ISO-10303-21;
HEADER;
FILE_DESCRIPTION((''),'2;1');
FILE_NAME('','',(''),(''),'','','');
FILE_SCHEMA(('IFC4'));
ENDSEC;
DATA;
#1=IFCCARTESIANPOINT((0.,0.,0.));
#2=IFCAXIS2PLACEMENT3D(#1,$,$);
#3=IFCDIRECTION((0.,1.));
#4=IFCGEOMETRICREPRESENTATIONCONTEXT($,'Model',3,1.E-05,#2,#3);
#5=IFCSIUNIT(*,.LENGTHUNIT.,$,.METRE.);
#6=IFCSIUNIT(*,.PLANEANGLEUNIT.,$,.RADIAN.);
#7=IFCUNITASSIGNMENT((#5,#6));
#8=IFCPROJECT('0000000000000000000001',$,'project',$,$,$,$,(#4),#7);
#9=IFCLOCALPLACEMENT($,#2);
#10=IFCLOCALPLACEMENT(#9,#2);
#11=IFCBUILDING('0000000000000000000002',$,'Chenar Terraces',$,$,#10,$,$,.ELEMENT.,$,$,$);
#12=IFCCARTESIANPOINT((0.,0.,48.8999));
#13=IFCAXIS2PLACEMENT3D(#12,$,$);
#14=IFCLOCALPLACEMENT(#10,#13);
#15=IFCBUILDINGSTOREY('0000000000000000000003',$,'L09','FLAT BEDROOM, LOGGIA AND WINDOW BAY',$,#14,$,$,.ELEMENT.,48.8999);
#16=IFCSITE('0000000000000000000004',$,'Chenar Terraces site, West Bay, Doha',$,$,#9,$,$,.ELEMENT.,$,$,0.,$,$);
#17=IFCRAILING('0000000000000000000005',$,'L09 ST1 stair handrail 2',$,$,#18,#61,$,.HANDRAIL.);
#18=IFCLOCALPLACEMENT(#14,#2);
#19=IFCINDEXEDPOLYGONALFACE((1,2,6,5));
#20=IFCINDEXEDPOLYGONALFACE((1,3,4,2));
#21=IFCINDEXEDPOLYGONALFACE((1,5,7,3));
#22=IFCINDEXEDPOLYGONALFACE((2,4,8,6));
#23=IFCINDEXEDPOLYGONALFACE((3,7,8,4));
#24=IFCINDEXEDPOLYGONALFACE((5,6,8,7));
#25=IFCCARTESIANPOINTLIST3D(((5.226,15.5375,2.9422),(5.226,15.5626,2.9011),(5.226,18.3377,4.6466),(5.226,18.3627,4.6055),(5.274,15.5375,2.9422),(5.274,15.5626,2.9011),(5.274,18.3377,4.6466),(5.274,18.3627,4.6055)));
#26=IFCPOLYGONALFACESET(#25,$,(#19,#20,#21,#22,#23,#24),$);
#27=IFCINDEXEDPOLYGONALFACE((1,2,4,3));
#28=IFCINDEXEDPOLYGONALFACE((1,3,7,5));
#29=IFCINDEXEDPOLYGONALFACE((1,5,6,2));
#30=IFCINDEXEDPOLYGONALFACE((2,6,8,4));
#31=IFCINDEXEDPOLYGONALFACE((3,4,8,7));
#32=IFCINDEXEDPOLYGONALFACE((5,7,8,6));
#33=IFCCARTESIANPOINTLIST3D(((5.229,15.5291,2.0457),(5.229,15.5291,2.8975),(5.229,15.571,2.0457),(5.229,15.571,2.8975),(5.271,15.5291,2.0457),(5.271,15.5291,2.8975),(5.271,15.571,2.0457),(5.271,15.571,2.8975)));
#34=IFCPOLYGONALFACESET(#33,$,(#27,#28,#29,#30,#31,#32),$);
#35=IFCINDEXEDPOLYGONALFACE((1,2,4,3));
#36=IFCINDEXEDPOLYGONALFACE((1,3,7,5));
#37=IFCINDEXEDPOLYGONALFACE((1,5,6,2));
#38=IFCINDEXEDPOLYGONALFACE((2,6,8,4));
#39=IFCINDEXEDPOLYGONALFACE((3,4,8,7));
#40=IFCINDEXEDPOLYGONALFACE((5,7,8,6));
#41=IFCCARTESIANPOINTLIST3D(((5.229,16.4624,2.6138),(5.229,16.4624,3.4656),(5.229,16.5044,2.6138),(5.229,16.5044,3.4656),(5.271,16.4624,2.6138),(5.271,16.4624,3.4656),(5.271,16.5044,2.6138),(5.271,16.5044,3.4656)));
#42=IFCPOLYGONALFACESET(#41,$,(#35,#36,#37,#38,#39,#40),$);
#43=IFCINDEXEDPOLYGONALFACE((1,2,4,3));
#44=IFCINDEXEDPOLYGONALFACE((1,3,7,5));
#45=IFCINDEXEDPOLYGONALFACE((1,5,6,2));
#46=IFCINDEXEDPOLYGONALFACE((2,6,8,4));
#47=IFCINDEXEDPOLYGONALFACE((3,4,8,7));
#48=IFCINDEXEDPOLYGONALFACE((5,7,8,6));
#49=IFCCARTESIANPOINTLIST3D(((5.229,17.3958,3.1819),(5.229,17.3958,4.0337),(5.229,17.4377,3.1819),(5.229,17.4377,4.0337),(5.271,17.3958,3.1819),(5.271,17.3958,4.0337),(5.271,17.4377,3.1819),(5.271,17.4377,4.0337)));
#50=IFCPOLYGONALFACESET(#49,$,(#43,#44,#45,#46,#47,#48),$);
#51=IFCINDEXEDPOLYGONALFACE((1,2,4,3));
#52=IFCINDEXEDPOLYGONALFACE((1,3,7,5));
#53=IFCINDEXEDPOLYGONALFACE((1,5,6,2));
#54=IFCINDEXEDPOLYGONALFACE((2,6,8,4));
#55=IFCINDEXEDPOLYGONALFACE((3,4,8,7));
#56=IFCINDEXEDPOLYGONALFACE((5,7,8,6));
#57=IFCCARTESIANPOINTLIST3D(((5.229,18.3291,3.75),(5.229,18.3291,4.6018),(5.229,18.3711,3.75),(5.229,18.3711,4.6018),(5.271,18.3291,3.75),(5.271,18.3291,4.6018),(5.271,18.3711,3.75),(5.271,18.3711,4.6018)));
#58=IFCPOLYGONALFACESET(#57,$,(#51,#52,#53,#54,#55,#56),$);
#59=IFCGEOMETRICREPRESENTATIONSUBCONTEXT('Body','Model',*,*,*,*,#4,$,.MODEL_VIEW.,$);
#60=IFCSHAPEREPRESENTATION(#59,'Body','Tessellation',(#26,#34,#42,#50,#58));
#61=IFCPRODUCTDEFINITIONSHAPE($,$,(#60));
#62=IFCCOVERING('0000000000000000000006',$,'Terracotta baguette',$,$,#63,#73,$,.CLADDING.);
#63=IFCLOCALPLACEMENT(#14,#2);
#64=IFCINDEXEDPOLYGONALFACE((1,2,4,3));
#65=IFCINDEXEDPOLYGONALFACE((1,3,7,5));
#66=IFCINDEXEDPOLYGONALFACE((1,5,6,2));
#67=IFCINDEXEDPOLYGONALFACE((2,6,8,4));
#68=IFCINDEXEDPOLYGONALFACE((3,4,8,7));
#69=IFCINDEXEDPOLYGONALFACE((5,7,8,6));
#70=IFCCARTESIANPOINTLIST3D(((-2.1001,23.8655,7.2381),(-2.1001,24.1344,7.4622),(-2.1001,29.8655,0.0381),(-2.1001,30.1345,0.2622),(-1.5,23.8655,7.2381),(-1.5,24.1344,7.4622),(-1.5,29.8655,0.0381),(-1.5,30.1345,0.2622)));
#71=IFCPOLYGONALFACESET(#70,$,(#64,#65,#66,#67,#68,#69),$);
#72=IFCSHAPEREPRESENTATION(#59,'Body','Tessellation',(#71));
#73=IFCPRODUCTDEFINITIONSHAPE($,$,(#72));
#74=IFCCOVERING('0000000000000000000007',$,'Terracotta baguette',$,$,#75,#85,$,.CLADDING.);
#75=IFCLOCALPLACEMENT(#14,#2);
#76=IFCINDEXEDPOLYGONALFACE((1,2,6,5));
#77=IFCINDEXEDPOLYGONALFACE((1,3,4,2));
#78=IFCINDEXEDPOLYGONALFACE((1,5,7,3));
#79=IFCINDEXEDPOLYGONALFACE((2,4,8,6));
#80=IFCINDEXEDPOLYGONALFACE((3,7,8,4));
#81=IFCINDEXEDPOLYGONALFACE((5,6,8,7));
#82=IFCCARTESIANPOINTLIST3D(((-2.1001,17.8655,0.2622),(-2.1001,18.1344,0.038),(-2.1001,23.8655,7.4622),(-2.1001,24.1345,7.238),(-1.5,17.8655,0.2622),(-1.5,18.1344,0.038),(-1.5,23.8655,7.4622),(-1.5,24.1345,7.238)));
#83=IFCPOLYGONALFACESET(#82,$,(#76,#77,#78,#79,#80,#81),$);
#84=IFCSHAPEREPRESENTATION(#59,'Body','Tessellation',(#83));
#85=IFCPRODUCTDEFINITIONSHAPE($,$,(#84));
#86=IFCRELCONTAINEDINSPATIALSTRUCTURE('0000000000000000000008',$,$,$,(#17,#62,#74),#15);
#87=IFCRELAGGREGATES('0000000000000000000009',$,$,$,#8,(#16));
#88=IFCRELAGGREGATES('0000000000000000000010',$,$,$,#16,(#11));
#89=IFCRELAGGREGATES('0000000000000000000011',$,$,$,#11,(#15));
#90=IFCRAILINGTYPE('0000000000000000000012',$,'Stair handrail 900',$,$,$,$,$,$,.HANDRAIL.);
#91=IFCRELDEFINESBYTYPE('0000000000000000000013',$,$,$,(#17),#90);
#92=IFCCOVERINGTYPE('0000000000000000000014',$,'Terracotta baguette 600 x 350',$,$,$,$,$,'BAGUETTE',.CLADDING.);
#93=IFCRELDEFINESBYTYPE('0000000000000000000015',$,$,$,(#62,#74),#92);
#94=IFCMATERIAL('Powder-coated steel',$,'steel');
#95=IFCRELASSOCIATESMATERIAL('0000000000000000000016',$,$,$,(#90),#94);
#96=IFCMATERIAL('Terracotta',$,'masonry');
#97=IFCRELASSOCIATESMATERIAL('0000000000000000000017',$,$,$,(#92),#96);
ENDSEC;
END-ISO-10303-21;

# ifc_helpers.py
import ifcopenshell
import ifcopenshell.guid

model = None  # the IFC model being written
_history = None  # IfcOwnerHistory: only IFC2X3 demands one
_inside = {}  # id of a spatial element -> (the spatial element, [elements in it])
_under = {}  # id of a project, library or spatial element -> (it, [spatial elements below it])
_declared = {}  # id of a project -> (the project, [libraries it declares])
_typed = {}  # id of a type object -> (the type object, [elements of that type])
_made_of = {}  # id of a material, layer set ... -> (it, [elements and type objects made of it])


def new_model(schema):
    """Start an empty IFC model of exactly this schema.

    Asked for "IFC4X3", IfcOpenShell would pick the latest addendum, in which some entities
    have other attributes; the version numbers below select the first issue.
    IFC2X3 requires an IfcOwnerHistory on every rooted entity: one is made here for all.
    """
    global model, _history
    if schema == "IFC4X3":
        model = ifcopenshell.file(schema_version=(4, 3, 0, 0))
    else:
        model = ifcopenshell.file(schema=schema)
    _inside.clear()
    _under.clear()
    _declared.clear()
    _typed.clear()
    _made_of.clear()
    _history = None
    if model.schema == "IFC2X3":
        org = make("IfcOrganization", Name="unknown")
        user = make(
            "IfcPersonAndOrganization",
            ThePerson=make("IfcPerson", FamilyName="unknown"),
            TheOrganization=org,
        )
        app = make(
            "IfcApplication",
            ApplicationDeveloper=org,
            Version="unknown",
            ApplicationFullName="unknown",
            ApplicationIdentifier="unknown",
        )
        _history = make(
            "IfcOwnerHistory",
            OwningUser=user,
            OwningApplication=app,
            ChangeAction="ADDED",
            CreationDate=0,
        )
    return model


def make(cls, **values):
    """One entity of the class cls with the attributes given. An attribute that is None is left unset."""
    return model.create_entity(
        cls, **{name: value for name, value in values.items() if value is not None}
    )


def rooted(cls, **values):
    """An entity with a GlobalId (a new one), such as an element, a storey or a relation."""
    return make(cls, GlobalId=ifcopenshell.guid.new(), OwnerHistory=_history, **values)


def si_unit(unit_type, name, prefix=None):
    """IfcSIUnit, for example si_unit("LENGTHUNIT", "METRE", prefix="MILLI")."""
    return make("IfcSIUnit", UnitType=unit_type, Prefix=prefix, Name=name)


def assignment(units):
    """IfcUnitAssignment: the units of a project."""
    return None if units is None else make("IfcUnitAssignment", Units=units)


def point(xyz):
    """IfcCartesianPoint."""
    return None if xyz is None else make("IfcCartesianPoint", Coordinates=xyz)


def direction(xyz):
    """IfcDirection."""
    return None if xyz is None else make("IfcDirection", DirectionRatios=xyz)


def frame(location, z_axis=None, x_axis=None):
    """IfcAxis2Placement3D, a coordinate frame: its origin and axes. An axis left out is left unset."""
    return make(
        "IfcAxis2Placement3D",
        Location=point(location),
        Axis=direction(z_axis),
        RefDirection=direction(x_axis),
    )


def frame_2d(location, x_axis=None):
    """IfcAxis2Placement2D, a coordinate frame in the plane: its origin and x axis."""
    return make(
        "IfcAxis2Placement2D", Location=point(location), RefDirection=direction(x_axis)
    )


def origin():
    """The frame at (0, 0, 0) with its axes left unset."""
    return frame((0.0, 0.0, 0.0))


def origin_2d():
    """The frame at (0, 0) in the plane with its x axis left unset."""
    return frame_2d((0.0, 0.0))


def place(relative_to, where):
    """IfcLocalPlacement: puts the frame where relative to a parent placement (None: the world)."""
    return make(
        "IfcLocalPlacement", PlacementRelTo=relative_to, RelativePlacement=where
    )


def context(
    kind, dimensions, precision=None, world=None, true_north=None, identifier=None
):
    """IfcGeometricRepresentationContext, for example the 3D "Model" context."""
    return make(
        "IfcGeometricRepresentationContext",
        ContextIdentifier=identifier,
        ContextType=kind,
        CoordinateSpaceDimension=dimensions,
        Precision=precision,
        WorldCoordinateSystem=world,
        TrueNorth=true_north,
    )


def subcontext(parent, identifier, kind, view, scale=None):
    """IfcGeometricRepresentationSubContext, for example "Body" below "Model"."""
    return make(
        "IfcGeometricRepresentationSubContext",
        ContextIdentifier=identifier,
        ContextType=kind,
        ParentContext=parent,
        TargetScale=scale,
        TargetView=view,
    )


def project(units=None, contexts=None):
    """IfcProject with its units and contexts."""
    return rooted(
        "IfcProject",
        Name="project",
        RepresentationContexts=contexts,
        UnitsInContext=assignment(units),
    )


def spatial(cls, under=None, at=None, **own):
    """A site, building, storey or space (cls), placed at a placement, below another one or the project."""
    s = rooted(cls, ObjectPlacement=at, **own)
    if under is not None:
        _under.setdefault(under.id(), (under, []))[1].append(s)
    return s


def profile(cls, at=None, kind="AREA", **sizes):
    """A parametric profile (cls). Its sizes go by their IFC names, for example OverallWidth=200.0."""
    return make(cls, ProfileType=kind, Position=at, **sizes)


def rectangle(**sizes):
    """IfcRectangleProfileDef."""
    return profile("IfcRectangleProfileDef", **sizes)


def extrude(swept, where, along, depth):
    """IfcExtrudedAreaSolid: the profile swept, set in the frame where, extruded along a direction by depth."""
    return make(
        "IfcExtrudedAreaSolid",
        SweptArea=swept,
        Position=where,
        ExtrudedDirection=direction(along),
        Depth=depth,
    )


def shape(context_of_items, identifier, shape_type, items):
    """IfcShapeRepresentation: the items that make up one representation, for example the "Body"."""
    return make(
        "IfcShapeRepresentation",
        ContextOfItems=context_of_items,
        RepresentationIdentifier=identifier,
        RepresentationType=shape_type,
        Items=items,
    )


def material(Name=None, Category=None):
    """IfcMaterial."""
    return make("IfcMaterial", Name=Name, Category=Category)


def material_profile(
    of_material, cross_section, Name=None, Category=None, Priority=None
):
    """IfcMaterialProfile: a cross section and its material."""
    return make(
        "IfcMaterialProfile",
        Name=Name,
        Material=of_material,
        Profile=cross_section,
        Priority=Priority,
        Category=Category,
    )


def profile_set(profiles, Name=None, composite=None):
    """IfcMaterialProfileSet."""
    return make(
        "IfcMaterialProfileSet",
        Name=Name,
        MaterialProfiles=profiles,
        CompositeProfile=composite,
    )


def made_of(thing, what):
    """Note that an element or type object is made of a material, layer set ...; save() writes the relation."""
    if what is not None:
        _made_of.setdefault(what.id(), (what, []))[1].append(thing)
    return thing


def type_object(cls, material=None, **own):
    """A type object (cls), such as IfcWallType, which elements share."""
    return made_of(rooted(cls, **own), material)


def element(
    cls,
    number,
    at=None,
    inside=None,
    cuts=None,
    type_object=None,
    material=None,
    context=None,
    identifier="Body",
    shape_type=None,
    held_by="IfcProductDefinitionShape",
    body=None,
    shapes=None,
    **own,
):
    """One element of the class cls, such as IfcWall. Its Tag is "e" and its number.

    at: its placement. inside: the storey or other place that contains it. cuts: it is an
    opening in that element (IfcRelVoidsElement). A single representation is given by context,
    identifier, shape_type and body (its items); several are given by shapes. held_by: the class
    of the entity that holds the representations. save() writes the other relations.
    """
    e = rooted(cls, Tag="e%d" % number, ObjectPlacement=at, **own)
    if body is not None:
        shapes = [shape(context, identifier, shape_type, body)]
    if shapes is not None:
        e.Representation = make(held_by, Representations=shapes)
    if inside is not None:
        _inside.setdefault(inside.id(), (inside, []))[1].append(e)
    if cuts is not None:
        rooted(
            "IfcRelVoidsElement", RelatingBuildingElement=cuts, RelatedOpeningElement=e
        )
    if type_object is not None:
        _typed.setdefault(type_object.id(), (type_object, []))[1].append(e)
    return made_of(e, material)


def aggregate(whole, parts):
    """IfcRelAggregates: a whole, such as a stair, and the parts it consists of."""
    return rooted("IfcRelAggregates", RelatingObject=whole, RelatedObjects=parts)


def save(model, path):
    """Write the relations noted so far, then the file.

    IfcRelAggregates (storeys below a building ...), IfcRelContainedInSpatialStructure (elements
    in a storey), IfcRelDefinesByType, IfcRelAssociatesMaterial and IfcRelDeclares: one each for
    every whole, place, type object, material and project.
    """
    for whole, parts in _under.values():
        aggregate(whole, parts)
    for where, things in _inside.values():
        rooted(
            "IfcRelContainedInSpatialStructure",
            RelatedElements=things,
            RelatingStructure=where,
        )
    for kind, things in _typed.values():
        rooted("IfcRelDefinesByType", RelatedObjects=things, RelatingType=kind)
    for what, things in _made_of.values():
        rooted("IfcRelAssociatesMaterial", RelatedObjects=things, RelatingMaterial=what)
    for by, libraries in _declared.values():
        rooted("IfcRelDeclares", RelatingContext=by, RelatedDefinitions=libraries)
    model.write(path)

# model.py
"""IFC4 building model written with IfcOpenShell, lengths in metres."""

from ifc_helpers import new_model, si_unit, direction, frame, origin, origin_2d, place, context, subcontext, project, spatial, rectangle, extrude, material, material_profile, profile_set, type_object, element, save


model = new_model("IFC4")

# Units and contexts
model_context = context("Model", 3, precision=1e-05, world=origin(), true_north=direction((0.0, 1.0)))
body_context = subcontext(model_context, "Body", "Model", "MODEL_VIEW")
ifc_project = project(units=[si_unit("LENGTHUNIT", "METRE"), si_unit("PLANEANGLEUNIT", "RADIAN")], contexts=[model_context])

# Site, building, storey
site_placement = place(None, origin())
site = spatial("IfcSite", under=ifc_project, at=site_placement, Name="Chenar Terraces site, West Bay, Doha", CompositionType="ELEMENT", RefElevation=0.0)
building_placement = place(site_placement, origin())
building = spatial("IfcBuilding", under=site, at=building_placement, Name="Chenar Terraces", CompositionType="ELEMENT")
storey_placement = place(building_placement, frame((0.0, 0.0, 48.8999)))
storey = spatial("IfcBuildingStorey", under=building, at=storey_placement, Name="L09", Description="FLAT BEDROOM, LOGGIA AND WINDOW BAY", CompositionType="ELEMENT", Elevation=48.8999)

# Railing
ifc_material_1 = material(Name="Powder-coated steel", Category="steel")
railing_type_1 = type_object("IfcRailingType", Name="Stair handrail 900", PredefinedType="HANDRAIL", material=ifc_material_1)
railing_1_placement = place(storey_placement, frame((5.25, 15.55, 2.0457)))
element("IfcRailing", 1, at=railing_1_placement, inside=storey, type_object=railing_type_1, Name="L09 ST1 stair handrail 2", PredefinedType="HANDRAIL", context=body_context, shape_type="SweptSolid", body=[
    extrude(rectangle(XDim=0.0481, YDim=0.0481, at=origin_2d()), frame((0.0, 0.0, 0.876), z_axis=(0.0, 0.854203, 0.51994), x_axis=(-1.0, 0.0, 0.0)), (0.0, 0.0, 1.0), 3.2781),
    extrude(rectangle(XDim=0.042, YDim=0.042, at=origin_2d()), origin(), (0.0, 0.0, 1.0), 0.8518),
    extrude(rectangle(XDim=0.042, YDim=0.042, at=origin_2d()), frame((0.0, 0.9333, 0.5681)), (0.0, 0.0, 1.0), 0.8518),
    extrude(rectangle(XDim=0.042, YDim=0.042, at=origin_2d()), frame((0.0, 1.8667, 1.1362)), (0.0, 0.0, 1.0), 0.8518),
    extrude(rectangle(XDim=0.042, YDim=0.042, at=origin_2d()), frame((0.0, 2.8, 1.7043)), (0.0, 0.0, 1.0), 0.8518),
])

# Coverings
ifc_material_2 = material(Name="Terracotta", Category="masonry")
ifc_material_profile_1 = material_profile(ifc_material_2, rectangle(XDim=0.6001, YDim=0.3501, at=origin_2d()), Name="Terracotta baguette 600 x 350")
ifc_profile_set_1 = profile_set([ifc_material_profile_1], Name="Terracotta")
covering_type = type_object("IfcCoveringType", Name="Terracotta baguette 600 x 350", ElementType="BAGUETTE", PredefinedType="CLADDING", material=ifc_profile_set_1)
for number, where, z_axis, x_axis, name in (
    (2, (-1.8, 30.0, 0.1501), (0.0, -0.640187, 0.768219), (1.0, 0.0, 0.0), "Terracotta baguette"),
    (3, (-1.8, 24.0, 7.3501), (0.0, -0.640187, -0.768219), (1.0, 0.0, 0.0), "Terracotta baguette"),
):
    element("IfcCovering", number, at=place(storey_placement, frame(where, z_axis=z_axis, x_axis=x_axis)), inside=storey, type_object=covering_type, Name=name, PredefinedType="CLADDING", context=body_context, shape_type="SweptSolid", body=[
        extrude(rectangle(XDim=0.6001, YDim=0.3501, at=origin_2d()), origin(), (0.0, 0.0, 1.0), 9.3723),
    ])

save(model, "model.ifc")
